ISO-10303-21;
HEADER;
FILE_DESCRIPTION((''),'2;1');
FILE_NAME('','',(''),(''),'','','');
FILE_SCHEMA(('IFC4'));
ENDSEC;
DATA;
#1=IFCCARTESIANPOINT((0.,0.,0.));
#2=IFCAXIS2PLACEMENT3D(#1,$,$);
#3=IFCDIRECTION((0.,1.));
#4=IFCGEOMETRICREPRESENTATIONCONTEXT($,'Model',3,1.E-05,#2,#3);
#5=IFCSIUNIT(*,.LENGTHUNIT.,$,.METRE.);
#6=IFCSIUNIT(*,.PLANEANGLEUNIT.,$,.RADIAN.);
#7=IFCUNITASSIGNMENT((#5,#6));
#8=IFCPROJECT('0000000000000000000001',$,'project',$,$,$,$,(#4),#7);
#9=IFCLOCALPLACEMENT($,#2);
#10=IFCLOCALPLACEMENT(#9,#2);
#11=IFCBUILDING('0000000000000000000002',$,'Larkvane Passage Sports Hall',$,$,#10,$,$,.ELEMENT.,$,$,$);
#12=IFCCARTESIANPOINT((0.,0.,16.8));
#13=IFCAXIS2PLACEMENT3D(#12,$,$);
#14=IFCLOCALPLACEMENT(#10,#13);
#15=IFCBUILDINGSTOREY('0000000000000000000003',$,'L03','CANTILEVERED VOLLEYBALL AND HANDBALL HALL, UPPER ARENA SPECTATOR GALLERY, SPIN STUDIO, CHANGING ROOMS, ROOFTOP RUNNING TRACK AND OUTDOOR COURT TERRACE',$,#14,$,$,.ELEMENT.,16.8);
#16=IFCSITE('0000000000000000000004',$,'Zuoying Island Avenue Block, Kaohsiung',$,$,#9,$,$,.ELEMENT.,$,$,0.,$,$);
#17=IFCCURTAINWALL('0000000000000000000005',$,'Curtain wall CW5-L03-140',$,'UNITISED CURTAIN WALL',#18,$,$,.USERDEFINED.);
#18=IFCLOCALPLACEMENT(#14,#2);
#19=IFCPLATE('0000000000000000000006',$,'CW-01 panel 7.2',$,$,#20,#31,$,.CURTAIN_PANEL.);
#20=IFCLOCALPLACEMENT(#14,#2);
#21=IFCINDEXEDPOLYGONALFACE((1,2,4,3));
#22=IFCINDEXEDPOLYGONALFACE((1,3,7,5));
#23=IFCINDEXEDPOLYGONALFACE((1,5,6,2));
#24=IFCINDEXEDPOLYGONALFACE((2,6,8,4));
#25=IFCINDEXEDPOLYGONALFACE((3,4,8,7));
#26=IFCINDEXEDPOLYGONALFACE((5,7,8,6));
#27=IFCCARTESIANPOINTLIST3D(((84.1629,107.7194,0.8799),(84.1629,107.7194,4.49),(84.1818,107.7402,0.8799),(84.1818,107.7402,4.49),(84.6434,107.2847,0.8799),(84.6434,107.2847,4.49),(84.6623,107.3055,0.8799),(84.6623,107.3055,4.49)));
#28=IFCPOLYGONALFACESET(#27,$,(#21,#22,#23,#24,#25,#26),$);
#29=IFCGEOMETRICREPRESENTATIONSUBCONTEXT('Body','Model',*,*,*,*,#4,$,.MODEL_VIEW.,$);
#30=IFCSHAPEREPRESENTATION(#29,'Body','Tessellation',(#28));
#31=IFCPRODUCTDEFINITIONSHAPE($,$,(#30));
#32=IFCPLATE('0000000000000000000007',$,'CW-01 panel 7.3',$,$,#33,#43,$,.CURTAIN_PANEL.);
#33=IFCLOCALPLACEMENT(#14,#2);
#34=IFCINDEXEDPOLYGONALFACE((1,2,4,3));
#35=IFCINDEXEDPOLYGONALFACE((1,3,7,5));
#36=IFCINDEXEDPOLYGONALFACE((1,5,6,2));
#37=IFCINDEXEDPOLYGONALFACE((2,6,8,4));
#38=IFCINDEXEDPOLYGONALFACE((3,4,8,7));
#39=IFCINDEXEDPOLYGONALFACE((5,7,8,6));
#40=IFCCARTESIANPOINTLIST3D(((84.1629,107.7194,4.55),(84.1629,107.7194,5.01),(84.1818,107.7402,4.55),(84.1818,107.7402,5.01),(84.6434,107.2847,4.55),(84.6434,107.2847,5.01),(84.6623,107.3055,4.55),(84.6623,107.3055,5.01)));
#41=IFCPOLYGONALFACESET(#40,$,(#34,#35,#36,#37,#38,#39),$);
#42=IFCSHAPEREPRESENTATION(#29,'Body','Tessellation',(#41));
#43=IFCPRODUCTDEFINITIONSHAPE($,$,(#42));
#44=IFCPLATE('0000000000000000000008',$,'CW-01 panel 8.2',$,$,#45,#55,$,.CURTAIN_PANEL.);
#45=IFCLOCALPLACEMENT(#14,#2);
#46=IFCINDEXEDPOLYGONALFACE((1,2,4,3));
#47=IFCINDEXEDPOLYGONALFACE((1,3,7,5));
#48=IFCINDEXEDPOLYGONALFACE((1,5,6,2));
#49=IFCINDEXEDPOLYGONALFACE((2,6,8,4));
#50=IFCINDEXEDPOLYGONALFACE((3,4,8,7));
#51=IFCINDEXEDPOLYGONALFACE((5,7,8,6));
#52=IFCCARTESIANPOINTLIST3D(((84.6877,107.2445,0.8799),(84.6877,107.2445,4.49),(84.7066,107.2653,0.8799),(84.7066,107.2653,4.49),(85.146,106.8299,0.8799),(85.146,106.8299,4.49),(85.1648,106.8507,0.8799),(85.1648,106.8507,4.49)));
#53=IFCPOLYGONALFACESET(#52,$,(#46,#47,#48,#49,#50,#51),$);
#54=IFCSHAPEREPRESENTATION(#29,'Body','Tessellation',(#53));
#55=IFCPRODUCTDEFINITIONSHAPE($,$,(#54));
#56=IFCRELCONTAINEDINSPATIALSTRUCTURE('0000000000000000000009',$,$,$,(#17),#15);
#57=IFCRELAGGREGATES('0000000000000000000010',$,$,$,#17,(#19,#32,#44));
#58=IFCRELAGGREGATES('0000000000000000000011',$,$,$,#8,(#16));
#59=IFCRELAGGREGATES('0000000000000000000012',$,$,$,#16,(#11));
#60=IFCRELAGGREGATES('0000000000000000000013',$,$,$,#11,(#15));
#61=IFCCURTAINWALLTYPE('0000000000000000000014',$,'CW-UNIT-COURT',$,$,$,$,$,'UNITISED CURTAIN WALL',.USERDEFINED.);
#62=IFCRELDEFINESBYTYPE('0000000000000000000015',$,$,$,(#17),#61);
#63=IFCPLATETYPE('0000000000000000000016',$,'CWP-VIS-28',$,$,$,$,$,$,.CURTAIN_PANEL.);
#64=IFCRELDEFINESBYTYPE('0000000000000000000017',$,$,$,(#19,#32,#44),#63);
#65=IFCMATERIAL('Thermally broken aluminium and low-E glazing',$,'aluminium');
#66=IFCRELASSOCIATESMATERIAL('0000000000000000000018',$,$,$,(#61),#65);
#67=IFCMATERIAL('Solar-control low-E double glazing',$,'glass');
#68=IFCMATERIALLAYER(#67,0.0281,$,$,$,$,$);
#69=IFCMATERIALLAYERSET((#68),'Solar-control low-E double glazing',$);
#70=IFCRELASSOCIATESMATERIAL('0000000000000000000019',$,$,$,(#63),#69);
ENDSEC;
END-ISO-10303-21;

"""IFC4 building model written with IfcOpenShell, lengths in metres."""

from ifc_helpers import new_model, si_unit, direction, frame, origin, origin_2d, place, context, subcontext, project, spatial, rectangle, extrude, material, layer, layer_set, type_object, element, aggregate, save


model = new_model("IFC4")

# Units and contexts
model_context = context("Model", 3, precision=1e-05, world=origin(), true_north=direction((0.0, 1.0)))
body_context = subcontext(model_context, "Body", "Model", "MODEL_VIEW")
ifc_project = project(units=[si_unit("LENGTHUNIT", "METRE"), si_unit("PLANEANGLEUNIT", "RADIAN")], contexts=[model_context])

# Site, building, storey
site_placement = place(None, origin())
site = spatial("IfcSite", under=ifc_project, at=site_placement, Name="Zuoying Island Avenue Block, Kaohsiung", CompositionType="ELEMENT", RefElevation=0.0)
building_placement = place(site_placement, origin())
building = spatial("IfcBuilding", under=site, at=building_placement, Name="Larkvane Passage Sports Hall", CompositionType="ELEMENT")
storey_placement = place(building_placement, frame((0.0, 0.0, 16.8)))
storey = spatial("IfcBuildingStorey", under=building, at=storey_placement, Name="L03", Description="CANTILEVERED VOLLEYBALL AND HANDBALL HALL, UPPER ARENA SPECTATOR GALLERY, SPIN STUDIO, CHANGING ROOMS, ROOFTOP RUNNING TRACK AND OUTDOOR COURT TERRACE", CompositionType="ELEMENT", Elevation=16.8)

# Curtain wall, plates
ifc_material_1 = material(Name="Thermally broken aluminium and low-E glazing", Category="aluminium")
curtain_wall_type = type_object("IfcCurtainWallType", Name="CW-UNIT-COURT", ElementType="UNITISED CURTAIN WALL", PredefinedType="USERDEFINED", material=ifc_material_1)
curtain_wall_placement = place(storey_placement, origin())
curtain_wall = element("IfcCurtainWall", 1, at=curtain_wall_placement, inside=storey, type_object=curtain_wall_type, Name="Curtain wall CW5-L03-140", ObjectType="UNITISED CURTAIN WALL", PredefinedType="USERDEFINED")
ifc_material_2 = material(Name="Solar-control low-E double glazing", Category="glass")
ifc_layer = layer(ifc_material_2, 0.0281)
ifc_layer_set = layer_set([ifc_layer], Name="Solar-control low-E double glazing")
plate_type = type_object("IfcPlateType", Name="CWP-VIS-28", PredefinedType="CURTAIN_PANEL", material=ifc_layer_set)
plate_1_placement = place(storey_placement, frame((84.4126, 107.5125, 0.8799), z_axis=(0.0, 0.0, 1.0), x_axis=(0.741536, -0.670913, 0.0)))
plate_1 = element("IfcPlate", 2, at=plate_1_placement, type_object=plate_type, Name="CW-01 panel 7.2", PredefinedType="CURTAIN_PANEL", context=body_context, shape_type="SweptSolid", body=[
    extrude(rectangle(XDim=0.6479, YDim=0.0281, at=origin_2d()), origin(), (0.0, 0.0, 1.0), 3.6101),
])
plate_2_placement = place(storey_placement, frame((84.4126, 107.5125, 4.55), z_axis=(0.0, 0.0, 1.0), x_axis=(0.741536, -0.670913, 0.0)))
plate_2 = element("IfcPlate", 3, at=plate_2_placement, type_object=plate_type, Name="CW-01 panel 7.3", PredefinedType="CURTAIN_PANEL", context=body_context, shape_type="SweptSolid", body=[
    extrude(rectangle(XDim=0.6479, YDim=0.0281, at=origin_2d()), origin(), (0.0, 0.0, 1.0), 0.46),
])
plate_3_placement = place(storey_placement, frame((84.9263, 107.0476, 0.8799), z_axis=(0.0, 0.0, 1.0), x_axis=(0.741536, -0.670913, 0.0)))
plate_3 = element("IfcPlate", 4, at=plate_3_placement, type_object=plate_type, Name="CW-01 panel 8.2", PredefinedType="CURTAIN_PANEL", context=body_context, shape_type="SweptSolid", body=[
    extrude(rectangle(XDim=0.6179, YDim=0.0281, at=origin_2d()), origin(), (0.0, 0.0, 1.0), 3.6101),
])
aggregate(curtain_wall, [plate_1, plate_2, plate_3])

save(model, "model.ifc")
